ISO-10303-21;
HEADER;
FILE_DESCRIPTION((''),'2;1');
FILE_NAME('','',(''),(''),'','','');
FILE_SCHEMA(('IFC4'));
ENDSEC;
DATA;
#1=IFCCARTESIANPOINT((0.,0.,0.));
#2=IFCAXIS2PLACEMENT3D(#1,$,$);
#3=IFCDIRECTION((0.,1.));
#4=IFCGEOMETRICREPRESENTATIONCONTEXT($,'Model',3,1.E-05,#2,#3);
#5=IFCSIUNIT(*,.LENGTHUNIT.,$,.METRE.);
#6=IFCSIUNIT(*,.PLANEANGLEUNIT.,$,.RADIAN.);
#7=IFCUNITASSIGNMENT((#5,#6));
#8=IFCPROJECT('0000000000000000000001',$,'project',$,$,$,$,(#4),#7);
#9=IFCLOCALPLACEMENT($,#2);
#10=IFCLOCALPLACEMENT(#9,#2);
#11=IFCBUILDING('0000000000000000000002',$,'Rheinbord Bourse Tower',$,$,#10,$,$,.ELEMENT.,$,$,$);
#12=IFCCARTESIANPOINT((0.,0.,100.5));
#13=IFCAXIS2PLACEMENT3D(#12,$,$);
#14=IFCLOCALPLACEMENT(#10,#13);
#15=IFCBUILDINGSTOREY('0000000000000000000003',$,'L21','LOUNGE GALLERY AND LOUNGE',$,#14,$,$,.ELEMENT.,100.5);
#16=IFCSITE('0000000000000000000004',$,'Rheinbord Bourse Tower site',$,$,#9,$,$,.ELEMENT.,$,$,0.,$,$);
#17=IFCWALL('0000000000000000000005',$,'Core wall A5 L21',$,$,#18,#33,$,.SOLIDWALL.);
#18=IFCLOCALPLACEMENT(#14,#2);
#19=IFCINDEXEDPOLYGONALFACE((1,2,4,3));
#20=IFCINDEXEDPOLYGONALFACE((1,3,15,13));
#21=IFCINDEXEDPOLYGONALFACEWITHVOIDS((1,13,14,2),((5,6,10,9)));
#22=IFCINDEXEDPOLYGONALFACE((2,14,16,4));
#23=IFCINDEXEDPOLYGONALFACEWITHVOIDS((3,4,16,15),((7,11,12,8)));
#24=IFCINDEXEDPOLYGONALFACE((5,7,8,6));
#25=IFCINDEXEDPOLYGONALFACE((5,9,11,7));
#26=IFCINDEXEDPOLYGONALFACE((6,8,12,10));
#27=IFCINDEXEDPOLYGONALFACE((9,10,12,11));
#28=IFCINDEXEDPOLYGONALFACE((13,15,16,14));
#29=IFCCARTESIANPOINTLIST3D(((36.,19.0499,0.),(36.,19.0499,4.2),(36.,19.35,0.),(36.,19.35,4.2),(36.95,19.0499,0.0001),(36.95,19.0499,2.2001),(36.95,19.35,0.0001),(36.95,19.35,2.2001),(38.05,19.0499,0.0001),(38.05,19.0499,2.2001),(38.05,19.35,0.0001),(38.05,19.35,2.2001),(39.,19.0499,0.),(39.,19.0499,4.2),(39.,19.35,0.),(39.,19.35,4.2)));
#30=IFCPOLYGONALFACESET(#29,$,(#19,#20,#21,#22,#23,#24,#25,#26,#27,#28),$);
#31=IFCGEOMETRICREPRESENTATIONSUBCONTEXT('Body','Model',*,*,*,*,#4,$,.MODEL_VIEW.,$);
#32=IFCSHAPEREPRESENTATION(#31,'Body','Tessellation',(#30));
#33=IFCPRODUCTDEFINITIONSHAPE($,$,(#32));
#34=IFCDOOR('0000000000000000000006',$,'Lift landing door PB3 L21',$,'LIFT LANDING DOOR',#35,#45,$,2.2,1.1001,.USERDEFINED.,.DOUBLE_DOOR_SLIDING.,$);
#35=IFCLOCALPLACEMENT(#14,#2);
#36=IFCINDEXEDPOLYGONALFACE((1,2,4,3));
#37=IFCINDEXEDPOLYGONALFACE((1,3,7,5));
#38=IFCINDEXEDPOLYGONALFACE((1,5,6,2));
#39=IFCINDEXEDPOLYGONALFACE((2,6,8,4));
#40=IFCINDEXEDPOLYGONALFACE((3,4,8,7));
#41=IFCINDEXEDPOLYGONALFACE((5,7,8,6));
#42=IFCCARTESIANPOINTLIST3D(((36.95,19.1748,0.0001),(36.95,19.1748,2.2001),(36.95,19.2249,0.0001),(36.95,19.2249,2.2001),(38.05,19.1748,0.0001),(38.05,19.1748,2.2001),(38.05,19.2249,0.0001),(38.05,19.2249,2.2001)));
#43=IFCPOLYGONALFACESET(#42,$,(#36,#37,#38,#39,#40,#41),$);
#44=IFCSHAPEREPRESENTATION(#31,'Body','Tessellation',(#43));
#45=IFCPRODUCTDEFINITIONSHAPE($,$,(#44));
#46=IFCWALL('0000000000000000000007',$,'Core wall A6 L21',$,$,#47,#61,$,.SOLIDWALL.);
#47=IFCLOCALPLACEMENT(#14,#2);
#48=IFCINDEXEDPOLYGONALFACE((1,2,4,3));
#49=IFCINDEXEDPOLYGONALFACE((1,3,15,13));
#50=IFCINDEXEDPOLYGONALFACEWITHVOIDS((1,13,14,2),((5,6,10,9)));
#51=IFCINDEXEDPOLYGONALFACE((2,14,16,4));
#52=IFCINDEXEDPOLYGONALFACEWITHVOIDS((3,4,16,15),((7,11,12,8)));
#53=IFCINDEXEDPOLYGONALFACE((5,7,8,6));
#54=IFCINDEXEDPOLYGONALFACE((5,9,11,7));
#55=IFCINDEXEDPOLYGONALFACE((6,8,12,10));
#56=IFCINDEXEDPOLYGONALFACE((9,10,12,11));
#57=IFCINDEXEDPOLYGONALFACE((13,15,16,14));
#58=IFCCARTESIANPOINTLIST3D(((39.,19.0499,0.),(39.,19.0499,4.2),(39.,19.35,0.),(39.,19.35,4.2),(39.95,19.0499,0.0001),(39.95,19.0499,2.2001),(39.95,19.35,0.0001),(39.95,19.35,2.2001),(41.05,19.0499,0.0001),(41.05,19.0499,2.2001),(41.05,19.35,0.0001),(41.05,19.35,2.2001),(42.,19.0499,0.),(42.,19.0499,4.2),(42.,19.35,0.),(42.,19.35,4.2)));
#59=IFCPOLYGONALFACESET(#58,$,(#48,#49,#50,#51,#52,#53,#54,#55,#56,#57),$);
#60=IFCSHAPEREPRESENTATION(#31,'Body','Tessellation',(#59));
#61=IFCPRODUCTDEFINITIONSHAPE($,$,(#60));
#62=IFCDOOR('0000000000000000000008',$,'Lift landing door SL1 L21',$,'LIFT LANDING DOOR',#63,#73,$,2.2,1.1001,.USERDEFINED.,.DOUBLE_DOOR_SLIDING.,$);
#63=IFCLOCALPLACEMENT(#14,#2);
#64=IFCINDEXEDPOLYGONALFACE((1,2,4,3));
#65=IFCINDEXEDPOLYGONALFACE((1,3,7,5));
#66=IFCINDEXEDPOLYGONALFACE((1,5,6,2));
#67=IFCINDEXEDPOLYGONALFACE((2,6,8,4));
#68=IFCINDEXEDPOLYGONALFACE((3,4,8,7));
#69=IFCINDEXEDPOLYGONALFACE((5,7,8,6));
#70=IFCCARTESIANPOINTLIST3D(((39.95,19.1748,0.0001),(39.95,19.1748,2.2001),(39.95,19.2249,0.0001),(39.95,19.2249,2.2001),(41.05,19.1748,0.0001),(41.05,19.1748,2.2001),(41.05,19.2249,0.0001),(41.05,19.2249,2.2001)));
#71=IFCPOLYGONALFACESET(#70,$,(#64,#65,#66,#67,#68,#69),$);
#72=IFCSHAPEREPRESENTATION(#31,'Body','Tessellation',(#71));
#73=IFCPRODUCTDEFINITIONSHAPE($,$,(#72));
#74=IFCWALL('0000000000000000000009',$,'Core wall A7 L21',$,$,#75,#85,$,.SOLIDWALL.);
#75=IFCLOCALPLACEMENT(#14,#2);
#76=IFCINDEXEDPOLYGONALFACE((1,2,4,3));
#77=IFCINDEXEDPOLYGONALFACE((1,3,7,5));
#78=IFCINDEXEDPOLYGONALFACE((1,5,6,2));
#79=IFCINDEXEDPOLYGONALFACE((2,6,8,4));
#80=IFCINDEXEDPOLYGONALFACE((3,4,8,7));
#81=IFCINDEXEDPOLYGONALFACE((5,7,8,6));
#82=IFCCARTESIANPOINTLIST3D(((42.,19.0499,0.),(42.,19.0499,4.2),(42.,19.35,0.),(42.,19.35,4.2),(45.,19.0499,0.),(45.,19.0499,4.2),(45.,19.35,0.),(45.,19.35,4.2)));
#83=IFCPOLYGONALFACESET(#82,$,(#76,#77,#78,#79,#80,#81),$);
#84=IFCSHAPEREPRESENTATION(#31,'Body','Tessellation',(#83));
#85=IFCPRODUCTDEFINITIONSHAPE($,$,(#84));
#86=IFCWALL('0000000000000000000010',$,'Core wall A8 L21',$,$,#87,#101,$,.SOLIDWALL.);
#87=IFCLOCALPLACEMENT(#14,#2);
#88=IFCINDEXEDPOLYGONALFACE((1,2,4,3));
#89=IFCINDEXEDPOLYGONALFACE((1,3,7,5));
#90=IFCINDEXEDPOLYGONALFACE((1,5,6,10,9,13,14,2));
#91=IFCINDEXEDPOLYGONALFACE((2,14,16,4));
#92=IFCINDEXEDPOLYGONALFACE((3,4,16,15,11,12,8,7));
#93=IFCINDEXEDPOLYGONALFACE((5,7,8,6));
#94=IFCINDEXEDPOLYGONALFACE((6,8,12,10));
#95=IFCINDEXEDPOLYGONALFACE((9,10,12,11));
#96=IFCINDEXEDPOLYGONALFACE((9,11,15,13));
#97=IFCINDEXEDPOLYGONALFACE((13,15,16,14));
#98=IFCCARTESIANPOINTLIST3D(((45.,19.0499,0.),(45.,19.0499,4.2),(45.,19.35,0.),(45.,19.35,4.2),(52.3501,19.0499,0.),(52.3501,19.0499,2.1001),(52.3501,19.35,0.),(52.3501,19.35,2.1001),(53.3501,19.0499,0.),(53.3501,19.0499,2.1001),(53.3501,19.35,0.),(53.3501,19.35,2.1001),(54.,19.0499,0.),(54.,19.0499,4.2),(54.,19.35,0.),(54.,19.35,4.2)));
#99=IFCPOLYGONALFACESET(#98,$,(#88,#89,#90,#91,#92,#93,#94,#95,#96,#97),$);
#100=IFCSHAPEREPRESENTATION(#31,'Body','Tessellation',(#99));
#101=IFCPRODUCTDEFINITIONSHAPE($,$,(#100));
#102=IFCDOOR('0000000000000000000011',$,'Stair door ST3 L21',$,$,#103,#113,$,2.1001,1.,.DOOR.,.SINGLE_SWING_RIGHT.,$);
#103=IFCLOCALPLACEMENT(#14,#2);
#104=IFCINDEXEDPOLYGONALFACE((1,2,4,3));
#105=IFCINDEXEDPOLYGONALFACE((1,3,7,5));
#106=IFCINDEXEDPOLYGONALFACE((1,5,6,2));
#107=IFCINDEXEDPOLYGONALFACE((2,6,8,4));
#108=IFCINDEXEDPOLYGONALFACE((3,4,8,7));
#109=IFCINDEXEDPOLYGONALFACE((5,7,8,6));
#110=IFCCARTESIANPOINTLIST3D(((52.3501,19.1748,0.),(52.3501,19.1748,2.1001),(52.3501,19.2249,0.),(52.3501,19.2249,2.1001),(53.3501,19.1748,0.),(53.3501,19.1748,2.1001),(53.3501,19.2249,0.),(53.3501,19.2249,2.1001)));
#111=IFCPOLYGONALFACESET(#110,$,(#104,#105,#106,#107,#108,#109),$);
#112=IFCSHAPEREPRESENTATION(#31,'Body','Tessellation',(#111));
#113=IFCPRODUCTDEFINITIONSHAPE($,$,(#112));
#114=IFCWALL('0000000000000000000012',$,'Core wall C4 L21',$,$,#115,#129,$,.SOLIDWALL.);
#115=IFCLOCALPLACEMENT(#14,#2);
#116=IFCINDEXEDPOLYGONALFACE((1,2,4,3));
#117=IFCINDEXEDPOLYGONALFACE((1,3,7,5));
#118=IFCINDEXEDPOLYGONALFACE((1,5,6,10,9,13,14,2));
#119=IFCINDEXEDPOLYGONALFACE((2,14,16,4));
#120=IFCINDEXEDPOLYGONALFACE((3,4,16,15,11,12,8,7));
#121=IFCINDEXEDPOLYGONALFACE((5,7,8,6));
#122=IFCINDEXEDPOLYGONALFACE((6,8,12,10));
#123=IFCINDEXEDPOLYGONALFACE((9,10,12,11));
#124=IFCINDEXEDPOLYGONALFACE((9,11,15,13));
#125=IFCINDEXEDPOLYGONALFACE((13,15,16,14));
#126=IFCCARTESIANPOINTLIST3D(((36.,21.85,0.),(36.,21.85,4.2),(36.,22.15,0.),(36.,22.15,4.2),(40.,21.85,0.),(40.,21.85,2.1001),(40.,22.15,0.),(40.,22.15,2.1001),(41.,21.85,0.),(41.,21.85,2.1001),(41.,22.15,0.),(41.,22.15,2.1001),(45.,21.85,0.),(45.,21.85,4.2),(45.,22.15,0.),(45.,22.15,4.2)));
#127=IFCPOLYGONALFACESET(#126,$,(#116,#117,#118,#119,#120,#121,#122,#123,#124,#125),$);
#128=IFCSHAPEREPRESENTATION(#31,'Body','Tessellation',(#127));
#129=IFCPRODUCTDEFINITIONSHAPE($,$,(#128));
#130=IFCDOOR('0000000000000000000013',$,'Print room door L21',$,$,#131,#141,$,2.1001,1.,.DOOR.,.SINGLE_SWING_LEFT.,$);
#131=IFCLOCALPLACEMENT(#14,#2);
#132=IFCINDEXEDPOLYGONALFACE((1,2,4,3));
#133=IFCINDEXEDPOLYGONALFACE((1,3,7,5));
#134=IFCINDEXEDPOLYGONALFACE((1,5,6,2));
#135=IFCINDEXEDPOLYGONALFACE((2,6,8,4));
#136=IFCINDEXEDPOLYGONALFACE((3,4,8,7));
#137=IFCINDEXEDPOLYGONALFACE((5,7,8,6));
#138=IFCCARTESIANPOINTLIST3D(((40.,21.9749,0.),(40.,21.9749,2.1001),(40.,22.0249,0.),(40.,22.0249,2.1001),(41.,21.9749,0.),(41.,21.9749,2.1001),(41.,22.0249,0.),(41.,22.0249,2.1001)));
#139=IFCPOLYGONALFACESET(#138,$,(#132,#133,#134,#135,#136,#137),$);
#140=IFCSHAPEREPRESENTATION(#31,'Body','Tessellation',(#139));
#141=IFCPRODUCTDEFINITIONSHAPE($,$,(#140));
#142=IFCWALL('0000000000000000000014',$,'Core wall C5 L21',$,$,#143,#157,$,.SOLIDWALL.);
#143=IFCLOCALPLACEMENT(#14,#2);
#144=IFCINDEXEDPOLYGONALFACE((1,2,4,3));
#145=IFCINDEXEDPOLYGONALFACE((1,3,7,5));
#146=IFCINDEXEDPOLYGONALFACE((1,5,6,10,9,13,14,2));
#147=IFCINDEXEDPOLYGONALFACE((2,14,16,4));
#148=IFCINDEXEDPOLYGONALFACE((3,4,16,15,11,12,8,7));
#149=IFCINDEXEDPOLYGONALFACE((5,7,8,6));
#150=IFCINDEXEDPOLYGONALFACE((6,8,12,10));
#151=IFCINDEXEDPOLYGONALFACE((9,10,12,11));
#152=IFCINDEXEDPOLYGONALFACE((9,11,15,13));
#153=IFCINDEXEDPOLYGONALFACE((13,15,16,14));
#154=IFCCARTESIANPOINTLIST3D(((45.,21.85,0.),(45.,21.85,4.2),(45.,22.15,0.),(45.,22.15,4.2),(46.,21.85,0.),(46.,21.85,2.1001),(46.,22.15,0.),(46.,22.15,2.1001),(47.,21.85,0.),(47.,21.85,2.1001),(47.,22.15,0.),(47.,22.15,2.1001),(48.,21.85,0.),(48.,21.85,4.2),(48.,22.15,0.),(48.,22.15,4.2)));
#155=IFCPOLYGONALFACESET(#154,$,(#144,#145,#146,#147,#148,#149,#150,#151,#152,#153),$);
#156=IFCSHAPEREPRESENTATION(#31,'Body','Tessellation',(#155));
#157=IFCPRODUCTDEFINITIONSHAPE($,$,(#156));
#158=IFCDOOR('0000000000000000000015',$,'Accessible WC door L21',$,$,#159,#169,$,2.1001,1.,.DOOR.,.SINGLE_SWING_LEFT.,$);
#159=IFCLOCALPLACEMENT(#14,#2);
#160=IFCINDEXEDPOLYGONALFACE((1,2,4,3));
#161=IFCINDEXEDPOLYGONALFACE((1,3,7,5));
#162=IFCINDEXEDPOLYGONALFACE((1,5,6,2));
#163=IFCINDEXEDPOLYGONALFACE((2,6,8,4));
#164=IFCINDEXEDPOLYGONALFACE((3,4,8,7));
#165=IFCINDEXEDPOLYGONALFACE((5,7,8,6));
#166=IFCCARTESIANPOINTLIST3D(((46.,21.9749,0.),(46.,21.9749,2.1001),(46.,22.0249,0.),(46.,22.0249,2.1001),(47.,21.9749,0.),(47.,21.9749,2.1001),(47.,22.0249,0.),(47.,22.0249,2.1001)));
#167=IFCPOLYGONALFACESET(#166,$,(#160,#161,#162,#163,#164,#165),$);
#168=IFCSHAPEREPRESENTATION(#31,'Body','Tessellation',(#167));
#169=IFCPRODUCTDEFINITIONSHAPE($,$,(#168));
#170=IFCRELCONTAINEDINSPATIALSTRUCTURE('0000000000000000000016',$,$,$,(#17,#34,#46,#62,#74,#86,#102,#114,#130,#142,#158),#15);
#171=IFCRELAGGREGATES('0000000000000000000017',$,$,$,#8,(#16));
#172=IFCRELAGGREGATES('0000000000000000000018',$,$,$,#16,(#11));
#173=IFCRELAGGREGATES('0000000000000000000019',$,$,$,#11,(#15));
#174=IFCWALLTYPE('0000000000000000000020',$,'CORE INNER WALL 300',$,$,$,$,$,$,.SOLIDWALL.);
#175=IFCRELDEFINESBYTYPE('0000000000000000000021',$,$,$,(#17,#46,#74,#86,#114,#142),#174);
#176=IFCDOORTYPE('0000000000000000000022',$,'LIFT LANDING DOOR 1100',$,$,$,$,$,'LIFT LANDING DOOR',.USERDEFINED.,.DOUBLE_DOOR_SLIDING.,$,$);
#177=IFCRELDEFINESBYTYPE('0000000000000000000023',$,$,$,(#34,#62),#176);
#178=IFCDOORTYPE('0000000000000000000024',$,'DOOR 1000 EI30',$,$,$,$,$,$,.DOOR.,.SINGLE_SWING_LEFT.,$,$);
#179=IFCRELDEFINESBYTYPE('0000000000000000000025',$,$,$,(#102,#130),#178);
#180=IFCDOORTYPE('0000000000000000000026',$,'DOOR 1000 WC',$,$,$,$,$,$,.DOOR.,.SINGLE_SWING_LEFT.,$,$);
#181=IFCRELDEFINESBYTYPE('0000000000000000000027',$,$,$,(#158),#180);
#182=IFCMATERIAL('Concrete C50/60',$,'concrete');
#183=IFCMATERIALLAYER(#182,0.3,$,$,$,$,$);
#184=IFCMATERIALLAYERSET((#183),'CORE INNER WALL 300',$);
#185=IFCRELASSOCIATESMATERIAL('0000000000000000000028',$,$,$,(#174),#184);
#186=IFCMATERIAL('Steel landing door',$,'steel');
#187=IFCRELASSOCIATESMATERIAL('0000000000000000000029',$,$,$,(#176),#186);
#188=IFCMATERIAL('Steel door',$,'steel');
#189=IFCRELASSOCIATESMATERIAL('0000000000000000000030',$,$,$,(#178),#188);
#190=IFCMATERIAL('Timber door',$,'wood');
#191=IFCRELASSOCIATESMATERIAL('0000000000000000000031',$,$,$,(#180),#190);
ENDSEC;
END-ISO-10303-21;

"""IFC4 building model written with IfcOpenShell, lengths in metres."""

from ifc_helpers import new_model, si_unit, direction, frame, frame_2d, origin, place, context, subcontext, project, spatial, rectangle, extrude, material, layer, layer_set, type_object, element, fill, save


model = new_model("IFC4")

# Units and contexts
model_context = context("Model", 3, precision=1e-05, world=origin(), true_north=direction((0.0, 1.0)))
body_context = subcontext(model_context, "Body", "Model", "MODEL_VIEW")
ifc_project = project(units=[si_unit("LENGTHUNIT", "METRE"), si_unit("PLANEANGLEUNIT", "RADIAN")], contexts=[model_context])

# Site, building, storey
site_placement = place(None, origin())
site = spatial("IfcSite", under=ifc_project, at=site_placement, Name="Rheinbord Bourse Tower site", CompositionType="ELEMENT", RefElevation=0.0)
building_placement = place(site_placement, origin())
building = spatial("IfcBuilding", under=site, at=building_placement, Name="Rheinbord Bourse Tower", CompositionType="ELEMENT")
storey_placement = place(building_placement, frame((0.0, 0.0, 100.5)))
storey = spatial("IfcBuildingStorey", under=building, at=storey_placement, Name="L21", Description="LOUNGE GALLERY AND LOUNGE", CompositionType="ELEMENT", Elevation=100.5)

# Walls, openings, doors
ifc_material_1 = material(Name="Concrete C50/60", Category="concrete")
ifc_layer_1 = layer(ifc_material_1, 0.3)
ifc_layer_set_1 = layer_set([ifc_layer_1], Name="CORE INNER WALL 300")
wall_type_1 = type_object("IfcWallType", Name="CORE INNER WALL 300", PredefinedType="SOLIDWALL", material=ifc_layer_set_1)
wall_1_placement = place(storey_placement, frame((36.0, 19.2, 0.0), z_axis=(0.0, 0.0, 1.0), x_axis=(1.0, 0.0, 0.0)))
wall_1 = element("IfcWall", 1, at=wall_1_placement, inside=storey, type_object=wall_type_1, Name="Core wall A5 L21", PredefinedType="SOLIDWALL", context=body_context, shape_type="SweptSolid", body=[
    extrude(rectangle(XDim=3.0, YDim=0.3, at=frame_2d((1.5, 0.0))), origin(), (0.0, 0.0, 1.0), 4.2),
])
opening_1_placement = place(wall_1_placement, frame((0.95, 0.0, 0.0)))
opening_1 = element("IfcOpeningElement", 2, at=opening_1_placement, cuts=wall_1, PredefinedType="OPENING", context=body_context, shape_type="SweptSolid", body=[
    extrude(rectangle(XDim=1.1001, YDim=2.2, at=frame_2d((0.55, 1.1001))), frame((0.0, 0.1599, 0.0), z_axis=(0.0, -1.0, 0.0), x_axis=(1.0, 0.0, 0.0)), (0.0, 0.0, 1.0), 0.3201),
])
ifc_material_2 = material(Name="Steel landing door", Category="steel")
door_type_1 = type_object("IfcDoorType", Name="LIFT LANDING DOOR 1100", ElementType="LIFT LANDING DOOR", OperationType="DOUBLE_DOOR_SLIDING", PredefinedType="USERDEFINED", material=ifc_material_2)
door_1_placement = place(opening_1_placement, origin())
door_1 = element("IfcDoor", 3, at=door_1_placement, inside=storey, type_object=door_type_1, Name="Lift landing door PB3 L21", ObjectType="LIFT LANDING DOOR", OperationType="DOUBLE_DOOR_SLIDING", OverallHeight=2.2, OverallWidth=1.1001, PredefinedType="USERDEFINED", context=body_context, shape_type="SweptSolid", body=[
    extrude(rectangle(XDim=1.1001, YDim=2.2, at=frame_2d((0.55, 1.1001))), frame((0.0, 0.0249, 0.0), z_axis=(0.0, -1.0, 0.0), x_axis=(1.0, 0.0, 0.0)), (0.0, 0.0, 1.0), 0.05),
])
fill(opening_1, door_1)
wall_2_placement = place(storey_placement, frame((39.0, 19.2, 0.0), z_axis=(0.0, 0.0, 1.0), x_axis=(1.0, 0.0, 0.0)))
wall_2 = element("IfcWall", 4, at=wall_2_placement, inside=storey, type_object=wall_type_1, Name="Core wall A6 L21", PredefinedType="SOLIDWALL", context=body_context, shape_type="SweptSolid", body=[
    extrude(rectangle(XDim=3.0, YDim=0.3, at=frame_2d((1.5, 0.0))), origin(), (0.0, 0.0, 1.0), 4.2),
])
opening_2_placement = place(wall_2_placement, frame((0.95, 0.0, 0.0)))
opening_2 = element("IfcOpeningElement", 5, at=opening_2_placement, cuts=wall_2, PredefinedType="OPENING", context=body_context, shape_type="SweptSolid", body=[
    extrude(rectangle(XDim=1.1001, YDim=2.2, at=frame_2d((0.55, 1.1001))), frame((0.0, 0.1599, 0.0), z_axis=(0.0, -1.0, 0.0), x_axis=(1.0, 0.0, 0.0)), (0.0, 0.0, 1.0), 0.3201),
])
door_2_placement = place(opening_2_placement, origin())
door_2 = element("IfcDoor", 6, at=door_2_placement, inside=storey, type_object=door_type_1, Name="Lift landing door SL1 L21", ObjectType="LIFT LANDING DOOR", OperationType="DOUBLE_DOOR_SLIDING", OverallHeight=2.2, OverallWidth=1.1001, PredefinedType="USERDEFINED", context=body_context, shape_type="SweptSolid", body=[
    extrude(rectangle(XDim=1.1001, YDim=2.2, at=frame_2d((0.55, 1.1001))), frame((0.0, 0.0249, 0.0), z_axis=(0.0, -1.0, 0.0), x_axis=(1.0, 0.0, 0.0)), (0.0, 0.0, 1.0), 0.05),
])
fill(opening_2, door_2)

# Wall
wall_3_placement = place(storey_placement, frame((42.0, 19.2, 0.0), z_axis=(0.0, 0.0, 1.0), x_axis=(1.0, 0.0, 0.0)))
element("IfcWall", 7, at=wall_3_placement, inside=storey, type_object=wall_type_1, Name="Core wall A7 L21", PredefinedType="SOLIDWALL", context=body_context, shape_type="SweptSolid", body=[
    extrude(rectangle(XDim=3.0, YDim=0.3, at=frame_2d((1.5, 0.0))), origin(), (0.0, 0.0, 1.0), 4.2),
])

# Walls, openings, doors
wall_4_placement = place(storey_placement, frame((45.0, 19.2, 0.0), z_axis=(0.0, 0.0, 1.0), x_axis=(1.0, 0.0, 0.0)))
wall_4 = element("IfcWall", 8, at=wall_4_placement, inside=storey, type_object=wall_type_1, Name="Core wall A8 L21", PredefinedType="SOLIDWALL", context=body_context, shape_type="SweptSolid", body=[
    extrude(rectangle(XDim=9.0, YDim=0.3, at=frame_2d((4.5, 0.0))), origin(), (0.0, 0.0, 1.0), 4.2),
])
opening_3_placement = place(wall_4_placement, frame((7.3501, 0.0, 0.0)))
opening_3 = element("IfcOpeningElement", 9, at=opening_3_placement, cuts=wall_4, PredefinedType="OPENING", context=body_context, shape_type="SweptSolid", body=[
    extrude(rectangle(XDim=1.0, YDim=2.1001, at=frame_2d((0.5, 1.05))), frame((0.0, 0.1599, 0.0), z_axis=(0.0, -1.0, 0.0), x_axis=(1.0, 0.0, 0.0)), (0.0, 0.0, 1.0), 0.3201),
])
ifc_material_3 = material(Name="Steel door", Category="steel")
door_type_2 = type_object("IfcDoorType", Name="DOOR 1000 EI30", OperationType="SINGLE_SWING_LEFT", PredefinedType="DOOR", material=ifc_material_3)
door_3_placement = place(opening_3_placement, origin())
door_3 = element("IfcDoor", 10, at=door_3_placement, inside=storey, type_object=door_type_2, Name="Stair door ST3 L21", OperationType="SINGLE_SWING_RIGHT", OverallHeight=2.1001, OverallWidth=1.0, PredefinedType="DOOR", context=body_context, shape_type="SweptSolid", body=[
    extrude(rectangle(XDim=1.0, YDim=2.1001, at=frame_2d((0.5, 1.05))), frame((0.0, 0.0249, 0.0), z_axis=(0.0, -1.0, 0.0), x_axis=(1.0, 0.0, 0.0)), (0.0, 0.0, 1.0), 0.05),
])
fill(opening_3, door_3)
wall_5_placement = place(storey_placement, frame((36.0, 22.0, 0.0), z_axis=(0.0, 0.0, 1.0), x_axis=(1.0, 0.0, 0.0)))
wall_5 = element("IfcWall", 11, at=wall_5_placement, inside=storey, type_object=wall_type_1, Name="Core wall C4 L21", PredefinedType="SOLIDWALL", context=body_context, shape_type="SweptSolid", body=[
    extrude(rectangle(XDim=9.0, YDim=0.3, at=frame_2d((4.5, 0.0))), origin(), (0.0, 0.0, 1.0), 4.2),
])
opening_4_placement = place(wall_5_placement, frame((4.0, 0.0, 0.0)))
opening_4 = element("IfcOpeningElement", 12, at=opening_4_placement, cuts=wall_5, PredefinedType="OPENING", context=body_context, shape_type="SweptSolid", body=[
    extrude(rectangle(XDim=1.0, YDim=2.1001, at=frame_2d((0.5, 1.05))), frame((0.0, 0.1599, 0.0), z_axis=(0.0, -1.0, 0.0), x_axis=(1.0, 0.0, 0.0)), (0.0, 0.0, 1.0), 0.3201),
])
door_4_placement = place(opening_4_placement, origin())
door_4 = element("IfcDoor", 13, at=door_4_placement, inside=storey, type_object=door_type_2, Name="Print room door L21", OperationType="SINGLE_SWING_LEFT", OverallHeight=2.1001, OverallWidth=1.0, PredefinedType="DOOR", context=body_context, shape_type="SweptSolid", body=[
    extrude(rectangle(XDim=1.0, YDim=2.1001, at=frame_2d((0.5, 1.05))), frame((0.0, 0.0249, 0.0), z_axis=(0.0, -1.0, 0.0), x_axis=(1.0, 0.0, 0.0)), (0.0, 0.0, 1.0), 0.05),
])
fill(opening_4, door_4)
wall_6_placement = place(storey_placement, frame((45.0, 22.0, 0.0), z_axis=(0.0, 0.0, 1.0), x_axis=(1.0, 0.0, 0.0)))
wall_6 = element("IfcWall", 14, at=wall_6_placement, inside=storey, type_object=wall_type_1, Name="Core wall C5 L21", PredefinedType="SOLIDWALL", context=body_context, shape_type="SweptSolid", body=[
    extrude(rectangle(XDim=3.0, YDim=0.3, at=frame_2d((1.5, 0.0))), origin(), (0.0, 0.0, 1.0), 4.2),
])
opening_5_placement = place(wall_6_placement, frame((1.0, 0.0, 0.0)))
opening_5 = element("IfcOpeningElement", 15, at=opening_5_placement, cuts=wall_6, PredefinedType="OPENING", context=body_context, shape_type="SweptSolid", body=[
    extrude(rectangle(XDim=1.0, YDim=2.1001, at=frame_2d((0.5, 1.05))), frame((0.0, 0.1599, 0.0), z_axis=(0.0, -1.0, 0.0), x_axis=(1.0, 0.0, 0.0)), (0.0, 0.0, 1.0), 0.3201),
])
ifc_material_4 = material(Name="Timber door", Category="wood")
door_type_3 = type_object("IfcDoorType", Name="DOOR 1000 WC", OperationType="SINGLE_SWING_LEFT", PredefinedType="DOOR", material=ifc_material_4)
door_5_placement = place(opening_5_placement, origin())
door_5 = element("IfcDoor", 16, at=door_5_placement, inside=storey, type_object=door_type_3, Name="Accessible WC door L21", OperationType="SINGLE_SWING_LEFT", OverallHeight=2.1001, OverallWidth=1.0, PredefinedType="DOOR", context=body_context, shape_type="SweptSolid", body=[
    extrude(rectangle(XDim=1.0, YDim=2.1001, at=frame_2d((0.5, 1.05))), frame((0.0, 0.0249, 0.0), z_axis=(0.0, -1.0, 0.0), x_axis=(1.0, 0.0, 0.0)), (0.0, 0.0, 1.0), 0.05),
])
fill(opening_5, door_5)

save(model, "model.ifc")
